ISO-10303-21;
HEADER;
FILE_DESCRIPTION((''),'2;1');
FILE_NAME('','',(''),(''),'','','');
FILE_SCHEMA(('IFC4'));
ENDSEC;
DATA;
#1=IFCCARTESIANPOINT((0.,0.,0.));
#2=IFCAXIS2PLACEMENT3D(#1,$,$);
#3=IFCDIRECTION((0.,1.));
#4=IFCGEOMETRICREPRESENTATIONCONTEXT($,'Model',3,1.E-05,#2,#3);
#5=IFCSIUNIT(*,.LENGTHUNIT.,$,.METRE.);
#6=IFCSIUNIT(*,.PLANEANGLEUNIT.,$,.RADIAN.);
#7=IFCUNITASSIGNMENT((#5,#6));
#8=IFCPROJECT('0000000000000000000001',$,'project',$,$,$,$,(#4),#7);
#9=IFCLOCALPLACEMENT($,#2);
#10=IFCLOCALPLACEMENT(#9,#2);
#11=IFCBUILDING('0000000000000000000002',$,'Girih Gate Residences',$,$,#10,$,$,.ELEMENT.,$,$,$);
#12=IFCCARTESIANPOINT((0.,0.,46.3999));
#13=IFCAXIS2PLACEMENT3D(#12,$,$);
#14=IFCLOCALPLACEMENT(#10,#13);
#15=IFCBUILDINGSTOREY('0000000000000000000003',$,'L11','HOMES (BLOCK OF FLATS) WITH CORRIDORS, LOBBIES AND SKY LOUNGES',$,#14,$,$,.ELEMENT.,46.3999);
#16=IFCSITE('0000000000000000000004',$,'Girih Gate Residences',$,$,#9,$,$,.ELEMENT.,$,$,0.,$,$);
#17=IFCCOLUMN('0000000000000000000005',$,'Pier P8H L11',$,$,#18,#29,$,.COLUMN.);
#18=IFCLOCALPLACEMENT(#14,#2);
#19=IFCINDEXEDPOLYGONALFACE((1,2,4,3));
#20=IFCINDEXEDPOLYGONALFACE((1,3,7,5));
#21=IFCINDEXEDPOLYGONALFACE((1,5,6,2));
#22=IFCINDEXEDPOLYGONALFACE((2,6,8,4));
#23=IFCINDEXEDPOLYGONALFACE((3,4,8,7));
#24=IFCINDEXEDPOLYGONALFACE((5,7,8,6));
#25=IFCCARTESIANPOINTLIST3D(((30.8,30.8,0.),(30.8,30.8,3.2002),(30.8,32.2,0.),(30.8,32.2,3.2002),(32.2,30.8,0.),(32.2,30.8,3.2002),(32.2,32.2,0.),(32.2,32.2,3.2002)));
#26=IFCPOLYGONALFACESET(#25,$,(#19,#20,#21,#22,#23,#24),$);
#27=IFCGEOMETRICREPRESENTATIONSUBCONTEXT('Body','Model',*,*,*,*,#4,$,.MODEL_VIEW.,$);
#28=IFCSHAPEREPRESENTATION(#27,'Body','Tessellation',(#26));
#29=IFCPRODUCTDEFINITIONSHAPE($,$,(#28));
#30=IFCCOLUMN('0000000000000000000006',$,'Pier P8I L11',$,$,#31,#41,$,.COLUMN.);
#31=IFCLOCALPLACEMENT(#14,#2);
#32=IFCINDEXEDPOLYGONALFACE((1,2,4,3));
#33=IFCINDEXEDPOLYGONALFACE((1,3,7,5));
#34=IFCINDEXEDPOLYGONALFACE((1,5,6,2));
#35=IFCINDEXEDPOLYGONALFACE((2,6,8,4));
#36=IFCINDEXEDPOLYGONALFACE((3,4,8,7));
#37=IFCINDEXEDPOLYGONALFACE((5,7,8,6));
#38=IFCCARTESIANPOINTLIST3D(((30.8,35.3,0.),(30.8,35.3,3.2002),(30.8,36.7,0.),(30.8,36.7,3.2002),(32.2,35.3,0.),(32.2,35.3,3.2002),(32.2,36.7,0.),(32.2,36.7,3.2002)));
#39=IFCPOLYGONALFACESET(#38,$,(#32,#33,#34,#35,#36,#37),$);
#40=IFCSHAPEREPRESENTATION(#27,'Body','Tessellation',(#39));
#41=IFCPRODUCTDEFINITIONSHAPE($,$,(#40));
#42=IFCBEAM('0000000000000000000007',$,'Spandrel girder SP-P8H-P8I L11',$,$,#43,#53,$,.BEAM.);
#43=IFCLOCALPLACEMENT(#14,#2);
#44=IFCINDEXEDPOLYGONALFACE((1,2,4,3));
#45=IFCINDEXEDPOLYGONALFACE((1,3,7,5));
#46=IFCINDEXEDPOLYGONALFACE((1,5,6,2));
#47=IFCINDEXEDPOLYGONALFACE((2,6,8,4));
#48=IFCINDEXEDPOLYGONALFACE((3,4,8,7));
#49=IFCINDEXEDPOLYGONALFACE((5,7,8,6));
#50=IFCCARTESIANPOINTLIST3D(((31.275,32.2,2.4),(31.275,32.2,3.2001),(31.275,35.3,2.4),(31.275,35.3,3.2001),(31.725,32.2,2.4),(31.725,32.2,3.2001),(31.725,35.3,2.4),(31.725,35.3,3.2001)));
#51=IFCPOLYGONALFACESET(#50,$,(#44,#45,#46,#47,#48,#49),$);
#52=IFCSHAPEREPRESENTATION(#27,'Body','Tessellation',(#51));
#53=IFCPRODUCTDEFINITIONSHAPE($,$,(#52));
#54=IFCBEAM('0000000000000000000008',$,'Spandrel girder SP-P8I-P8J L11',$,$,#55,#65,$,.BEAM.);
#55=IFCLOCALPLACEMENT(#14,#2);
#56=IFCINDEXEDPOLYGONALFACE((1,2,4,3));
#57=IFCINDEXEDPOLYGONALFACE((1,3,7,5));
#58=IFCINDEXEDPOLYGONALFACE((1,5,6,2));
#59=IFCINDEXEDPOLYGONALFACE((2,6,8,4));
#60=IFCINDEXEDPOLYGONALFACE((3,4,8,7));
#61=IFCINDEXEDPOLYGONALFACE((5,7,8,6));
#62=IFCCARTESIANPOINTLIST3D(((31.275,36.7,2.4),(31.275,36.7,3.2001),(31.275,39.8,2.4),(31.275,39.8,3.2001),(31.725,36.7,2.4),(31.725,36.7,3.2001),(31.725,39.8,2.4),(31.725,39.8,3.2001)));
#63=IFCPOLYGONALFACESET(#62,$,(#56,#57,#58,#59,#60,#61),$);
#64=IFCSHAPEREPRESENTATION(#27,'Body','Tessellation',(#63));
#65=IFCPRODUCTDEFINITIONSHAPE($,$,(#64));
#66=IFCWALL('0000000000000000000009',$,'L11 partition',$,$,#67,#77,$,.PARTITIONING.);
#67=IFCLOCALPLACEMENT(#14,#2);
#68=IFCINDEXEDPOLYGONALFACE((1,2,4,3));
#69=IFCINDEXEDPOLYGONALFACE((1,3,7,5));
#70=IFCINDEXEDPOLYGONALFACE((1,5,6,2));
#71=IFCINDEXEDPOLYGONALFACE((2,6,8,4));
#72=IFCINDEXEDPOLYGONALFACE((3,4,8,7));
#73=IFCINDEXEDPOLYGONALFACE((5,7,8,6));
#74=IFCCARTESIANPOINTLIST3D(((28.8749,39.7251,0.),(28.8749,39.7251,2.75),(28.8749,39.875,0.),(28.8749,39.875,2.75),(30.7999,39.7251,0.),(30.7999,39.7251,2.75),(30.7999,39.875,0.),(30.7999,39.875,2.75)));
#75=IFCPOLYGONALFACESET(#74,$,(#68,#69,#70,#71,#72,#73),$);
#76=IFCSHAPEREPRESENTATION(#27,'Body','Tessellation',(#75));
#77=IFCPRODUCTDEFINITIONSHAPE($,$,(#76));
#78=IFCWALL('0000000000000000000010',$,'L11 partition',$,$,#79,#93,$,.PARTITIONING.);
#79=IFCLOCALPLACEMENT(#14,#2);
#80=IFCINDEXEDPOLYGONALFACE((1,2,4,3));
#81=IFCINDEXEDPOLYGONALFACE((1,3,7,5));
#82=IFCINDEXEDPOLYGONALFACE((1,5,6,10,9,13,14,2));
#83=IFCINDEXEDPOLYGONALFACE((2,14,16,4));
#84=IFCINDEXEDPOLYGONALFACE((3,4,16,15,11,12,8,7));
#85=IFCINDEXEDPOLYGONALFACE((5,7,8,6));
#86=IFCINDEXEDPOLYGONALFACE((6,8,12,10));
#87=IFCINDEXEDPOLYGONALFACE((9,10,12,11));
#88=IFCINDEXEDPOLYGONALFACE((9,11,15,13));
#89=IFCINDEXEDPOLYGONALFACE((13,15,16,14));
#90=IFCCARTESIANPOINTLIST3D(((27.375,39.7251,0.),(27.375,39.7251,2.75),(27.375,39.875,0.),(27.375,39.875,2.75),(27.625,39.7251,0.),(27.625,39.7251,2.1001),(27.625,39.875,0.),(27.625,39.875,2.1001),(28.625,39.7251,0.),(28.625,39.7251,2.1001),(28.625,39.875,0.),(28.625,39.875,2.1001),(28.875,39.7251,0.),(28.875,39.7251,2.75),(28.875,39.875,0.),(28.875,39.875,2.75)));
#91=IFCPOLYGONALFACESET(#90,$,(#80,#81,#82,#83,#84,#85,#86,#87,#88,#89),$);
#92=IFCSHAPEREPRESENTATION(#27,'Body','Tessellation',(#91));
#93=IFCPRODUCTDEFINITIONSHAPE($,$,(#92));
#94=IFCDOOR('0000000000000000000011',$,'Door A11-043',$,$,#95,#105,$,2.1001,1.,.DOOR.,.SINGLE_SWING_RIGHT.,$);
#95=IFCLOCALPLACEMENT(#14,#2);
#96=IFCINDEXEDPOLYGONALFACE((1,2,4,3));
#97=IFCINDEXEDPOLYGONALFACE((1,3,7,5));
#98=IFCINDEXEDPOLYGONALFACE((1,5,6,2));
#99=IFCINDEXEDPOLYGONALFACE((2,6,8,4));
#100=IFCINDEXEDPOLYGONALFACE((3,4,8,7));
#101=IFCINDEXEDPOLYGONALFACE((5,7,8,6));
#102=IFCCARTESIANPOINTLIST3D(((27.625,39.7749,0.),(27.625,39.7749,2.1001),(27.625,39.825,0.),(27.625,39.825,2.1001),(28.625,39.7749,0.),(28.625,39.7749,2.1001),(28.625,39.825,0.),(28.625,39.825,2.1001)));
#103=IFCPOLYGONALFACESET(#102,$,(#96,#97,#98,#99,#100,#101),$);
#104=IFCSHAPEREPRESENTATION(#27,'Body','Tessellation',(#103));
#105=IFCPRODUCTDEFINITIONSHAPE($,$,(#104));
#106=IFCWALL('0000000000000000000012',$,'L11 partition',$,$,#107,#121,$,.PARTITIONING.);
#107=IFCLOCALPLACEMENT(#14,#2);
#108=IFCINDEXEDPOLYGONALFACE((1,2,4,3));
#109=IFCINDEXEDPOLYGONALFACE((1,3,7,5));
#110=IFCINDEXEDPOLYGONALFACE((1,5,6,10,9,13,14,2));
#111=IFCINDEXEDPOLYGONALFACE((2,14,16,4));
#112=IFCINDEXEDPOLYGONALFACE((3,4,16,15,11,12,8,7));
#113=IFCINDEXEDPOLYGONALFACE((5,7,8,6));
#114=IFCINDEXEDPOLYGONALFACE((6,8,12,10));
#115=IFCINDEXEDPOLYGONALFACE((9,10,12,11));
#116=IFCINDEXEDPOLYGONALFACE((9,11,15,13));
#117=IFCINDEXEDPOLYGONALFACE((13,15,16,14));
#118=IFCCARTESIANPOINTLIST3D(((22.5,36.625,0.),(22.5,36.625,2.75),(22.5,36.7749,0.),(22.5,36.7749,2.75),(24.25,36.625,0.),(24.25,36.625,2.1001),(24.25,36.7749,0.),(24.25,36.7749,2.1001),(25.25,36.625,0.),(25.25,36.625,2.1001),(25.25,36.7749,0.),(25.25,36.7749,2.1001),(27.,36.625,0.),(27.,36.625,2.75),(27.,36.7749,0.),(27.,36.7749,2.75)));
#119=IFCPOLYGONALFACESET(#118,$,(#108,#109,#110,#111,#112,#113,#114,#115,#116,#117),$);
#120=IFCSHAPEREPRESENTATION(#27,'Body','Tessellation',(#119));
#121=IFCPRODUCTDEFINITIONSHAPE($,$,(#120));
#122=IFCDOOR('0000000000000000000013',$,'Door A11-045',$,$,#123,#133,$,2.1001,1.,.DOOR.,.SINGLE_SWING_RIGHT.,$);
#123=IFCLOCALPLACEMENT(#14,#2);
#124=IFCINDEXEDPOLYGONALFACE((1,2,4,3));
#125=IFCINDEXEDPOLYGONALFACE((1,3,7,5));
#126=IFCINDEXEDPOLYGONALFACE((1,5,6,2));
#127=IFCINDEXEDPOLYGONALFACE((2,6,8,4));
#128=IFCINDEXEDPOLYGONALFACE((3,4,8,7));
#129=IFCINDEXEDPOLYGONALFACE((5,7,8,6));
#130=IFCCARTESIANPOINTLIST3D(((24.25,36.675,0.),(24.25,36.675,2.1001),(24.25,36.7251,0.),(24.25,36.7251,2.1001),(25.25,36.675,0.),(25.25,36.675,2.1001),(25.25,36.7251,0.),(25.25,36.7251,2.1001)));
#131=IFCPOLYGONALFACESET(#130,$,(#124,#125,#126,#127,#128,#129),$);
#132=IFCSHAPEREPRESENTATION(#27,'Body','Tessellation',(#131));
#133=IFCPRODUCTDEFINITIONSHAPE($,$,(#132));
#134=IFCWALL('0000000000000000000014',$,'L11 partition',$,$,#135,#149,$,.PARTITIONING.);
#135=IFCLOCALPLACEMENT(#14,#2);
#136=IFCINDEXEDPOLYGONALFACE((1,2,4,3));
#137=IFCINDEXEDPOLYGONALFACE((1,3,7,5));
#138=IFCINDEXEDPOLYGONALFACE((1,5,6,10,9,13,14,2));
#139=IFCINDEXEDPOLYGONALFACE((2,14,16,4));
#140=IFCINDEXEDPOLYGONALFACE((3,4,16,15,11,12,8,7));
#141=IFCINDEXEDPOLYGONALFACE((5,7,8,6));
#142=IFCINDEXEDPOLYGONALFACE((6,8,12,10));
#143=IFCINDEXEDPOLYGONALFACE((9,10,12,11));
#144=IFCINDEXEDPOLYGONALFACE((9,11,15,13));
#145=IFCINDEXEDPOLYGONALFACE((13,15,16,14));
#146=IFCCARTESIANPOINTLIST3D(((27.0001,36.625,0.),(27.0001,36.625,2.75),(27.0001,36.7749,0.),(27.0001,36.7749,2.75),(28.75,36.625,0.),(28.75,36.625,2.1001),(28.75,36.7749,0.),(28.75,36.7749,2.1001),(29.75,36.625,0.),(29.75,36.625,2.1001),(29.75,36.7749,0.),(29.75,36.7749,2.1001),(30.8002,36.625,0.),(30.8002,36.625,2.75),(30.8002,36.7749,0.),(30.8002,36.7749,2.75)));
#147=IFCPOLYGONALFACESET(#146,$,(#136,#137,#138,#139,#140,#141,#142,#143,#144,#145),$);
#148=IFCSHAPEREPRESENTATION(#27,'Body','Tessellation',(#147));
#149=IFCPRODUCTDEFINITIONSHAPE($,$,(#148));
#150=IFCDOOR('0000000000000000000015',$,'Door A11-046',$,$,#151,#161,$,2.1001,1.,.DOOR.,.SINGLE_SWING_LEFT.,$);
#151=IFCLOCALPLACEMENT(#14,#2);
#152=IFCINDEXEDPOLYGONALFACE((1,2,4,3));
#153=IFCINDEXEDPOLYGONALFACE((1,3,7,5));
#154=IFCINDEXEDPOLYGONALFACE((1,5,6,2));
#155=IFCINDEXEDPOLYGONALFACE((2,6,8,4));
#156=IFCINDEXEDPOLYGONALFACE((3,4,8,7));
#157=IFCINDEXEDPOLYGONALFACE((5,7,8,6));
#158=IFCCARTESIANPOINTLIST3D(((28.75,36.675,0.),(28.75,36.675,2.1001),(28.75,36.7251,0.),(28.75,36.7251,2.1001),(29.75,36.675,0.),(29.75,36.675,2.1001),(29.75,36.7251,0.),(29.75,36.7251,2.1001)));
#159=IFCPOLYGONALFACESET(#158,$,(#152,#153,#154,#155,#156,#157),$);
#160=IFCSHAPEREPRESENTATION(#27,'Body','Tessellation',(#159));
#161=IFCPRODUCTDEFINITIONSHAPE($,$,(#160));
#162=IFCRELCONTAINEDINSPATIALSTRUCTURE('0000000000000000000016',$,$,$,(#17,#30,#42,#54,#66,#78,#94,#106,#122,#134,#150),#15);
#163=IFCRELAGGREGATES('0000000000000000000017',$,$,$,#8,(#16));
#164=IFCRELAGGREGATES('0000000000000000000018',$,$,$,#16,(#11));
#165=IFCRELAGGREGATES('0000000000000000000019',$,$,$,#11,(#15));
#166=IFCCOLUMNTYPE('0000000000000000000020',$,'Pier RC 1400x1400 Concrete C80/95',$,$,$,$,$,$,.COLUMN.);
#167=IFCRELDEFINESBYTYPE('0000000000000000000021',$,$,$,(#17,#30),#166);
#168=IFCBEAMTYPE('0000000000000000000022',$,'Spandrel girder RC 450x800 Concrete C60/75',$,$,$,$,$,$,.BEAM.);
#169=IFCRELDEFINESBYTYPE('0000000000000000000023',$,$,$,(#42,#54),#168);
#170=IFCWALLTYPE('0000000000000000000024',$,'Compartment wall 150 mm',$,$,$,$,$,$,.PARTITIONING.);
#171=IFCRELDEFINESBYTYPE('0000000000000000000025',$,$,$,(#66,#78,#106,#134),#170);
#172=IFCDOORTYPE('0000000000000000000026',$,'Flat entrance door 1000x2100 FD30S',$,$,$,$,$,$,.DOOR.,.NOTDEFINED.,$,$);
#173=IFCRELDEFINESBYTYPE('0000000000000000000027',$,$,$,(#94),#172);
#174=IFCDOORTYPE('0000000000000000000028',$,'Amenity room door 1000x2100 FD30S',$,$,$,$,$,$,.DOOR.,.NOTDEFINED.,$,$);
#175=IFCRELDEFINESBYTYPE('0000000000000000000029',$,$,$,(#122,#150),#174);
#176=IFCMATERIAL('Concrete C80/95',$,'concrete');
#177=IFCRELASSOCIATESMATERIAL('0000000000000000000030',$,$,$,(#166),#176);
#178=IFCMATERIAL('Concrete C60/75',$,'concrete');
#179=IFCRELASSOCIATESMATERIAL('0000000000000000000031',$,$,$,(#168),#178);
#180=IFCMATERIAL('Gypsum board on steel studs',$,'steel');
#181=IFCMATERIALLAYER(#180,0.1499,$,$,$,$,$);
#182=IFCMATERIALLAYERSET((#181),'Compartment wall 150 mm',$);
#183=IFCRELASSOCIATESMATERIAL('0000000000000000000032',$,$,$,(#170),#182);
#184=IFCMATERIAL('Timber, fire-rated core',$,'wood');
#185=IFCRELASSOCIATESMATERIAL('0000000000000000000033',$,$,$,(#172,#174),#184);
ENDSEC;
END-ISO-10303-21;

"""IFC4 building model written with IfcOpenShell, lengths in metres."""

from ifc_helpers import new_model, si_unit, direction, frame, frame_2d, origin, origin_2d, place, context, subcontext, project, spatial, rectangle, extrude, material, layer, layer_set, material_profile, profile_set, type_object, element, fill, save


model = new_model("IFC4")

# Units and contexts
model_context = context("Model", 3, precision=1e-05, world=origin(), true_north=direction((0.0, 1.0)))
body_context = subcontext(model_context, "Body", "Model", "MODEL_VIEW")
ifc_project = project(units=[si_unit("LENGTHUNIT", "METRE"), si_unit("PLANEANGLEUNIT", "RADIAN")], contexts=[model_context])

# Site, building, storey
site_placement = place(None, origin())
site = spatial("IfcSite", under=ifc_project, at=site_placement, Name="Girih Gate Residences", CompositionType="ELEMENT", RefElevation=0.0)
building_placement = place(site_placement, origin())
building = spatial("IfcBuilding", under=site, at=building_placement, Name="Girih Gate Residences", CompositionType="ELEMENT")
storey_placement = place(building_placement, frame((0.0, 0.0, 46.3999)))
storey = spatial("IfcBuildingStorey", under=building, at=storey_placement, Name="L11", Description="HOMES (BLOCK OF FLATS) WITH CORRIDORS, LOBBIES AND SKY LOUNGES", CompositionType="ELEMENT", Elevation=46.3999)

# Columns
ifc_material_1 = material(Name="Concrete C80/95", Category="concrete")
ifc_material_profile_1 = material_profile(ifc_material_1, rectangle(XDim=1.3999, YDim=1.3999, at=origin_2d()))
ifc_profile_set_1 = profile_set([ifc_material_profile_1], Name="Concrete C80/95")
column_type = type_object("IfcColumnType", Name="Pier RC 1400x1400 Concrete C80/95", PredefinedType="COLUMN", material=ifc_profile_set_1)
for number, where, z_axis, x_axis, name in (
    (1, (31.5, 31.5, 0.0), (0.0, 0.0, 1.0), (1.0, 0.0, 0.0), "Pier P8H L11"),
    (2, (31.5, 36.0, 0.0), (0.0, 0.0, 1.0), (1.0, 0.0, 0.0), "Pier P8I L11"),
):
    element("IfcColumn", number, at=place(storey_placement, frame(where, z_axis=z_axis, x_axis=x_axis)), inside=storey, type_object=column_type, Name=name, PredefinedType="COLUMN", context=body_context, shape_type="SweptSolid", body=[
        extrude(rectangle(XDim=1.3999, YDim=1.3999, at=origin_2d()), origin(), (0.0, 0.0, 1.0), 3.2002),
    ])

# Beams
ifc_material_2 = material(Name="Concrete C60/75", Category="concrete")
ifc_material_profile_2 = material_profile(ifc_material_2, rectangle(XDim=0.45, YDim=0.8, at=origin_2d()))
ifc_profile_set_2 = profile_set([ifc_material_profile_2], Name="Concrete C60/75")
beam_type = type_object("IfcBeamType", Name="Spandrel girder RC 450x800 Concrete C60/75", PredefinedType="BEAM", material=ifc_profile_set_2)
for number, where, z_axis, x_axis, name in (
    (3, (31.5, 32.2, 2.8), (0.0, 1.0, 0.0), (-1.0, 0.0, 0.0), "Spandrel girder SP-P8H-P8I L11"),
    (4, (31.5, 36.7, 2.8), (0.0, 1.0, 0.0), (-1.0, 0.0, 0.0), "Spandrel girder SP-P8I-P8J L11"),
):
    element("IfcBeam", number, at=place(storey_placement, frame(where, z_axis=z_axis, x_axis=x_axis)), inside=storey, type_object=beam_type, Name=name, PredefinedType="BEAM", context=body_context, shape_type="SweptSolid", body=[
        extrude(rectangle(XDim=0.45, YDim=0.8, at=origin_2d()), origin(), (0.0, 0.0, 1.0), 3.1001),
    ])

# Wall
ifc_material_3 = material(Name="Gypsum board on steel studs", Category="steel")
ifc_layer_1 = layer(ifc_material_3, 0.1499)
ifc_layer_set_1 = layer_set([ifc_layer_1], Name="Compartment wall 150 mm")
wall_type_1 = type_object("IfcWallType", Name="Compartment wall 150 mm", PredefinedType="PARTITIONING", material=ifc_layer_set_1)
wall_1_placement = place(storey_placement, frame((28.875, 39.8, 0.0), z_axis=(0.0, 0.0, 1.0), x_axis=(1.0, 0.0, 0.0)))
element("IfcWall", 5, at=wall_1_placement, inside=storey, type_object=wall_type_1, Name="L11 partition", PredefinedType="PARTITIONING", context=body_context, shape_type="SweptSolid", body=[
    extrude(rectangle(XDim=1.925, YDim=0.1499, at=frame_2d((0.9624, 0.0))), origin(), (0.0, 0.0, 1.0), 2.75),
])

# Walls, openings, doors
wall_2_placement = place(storey_placement, frame((27.375, 39.8, 0.0), z_axis=(0.0, 0.0, 1.0), x_axis=(1.0, 0.0, 0.0)))
wall_2 = element("IfcWall", 6, at=wall_2_placement, inside=storey, type_object=wall_type_1, Name="L11 partition", PredefinedType="PARTITIONING", context=body_context, shape_type="SweptSolid", body=[
    extrude(rectangle(XDim=1.5, YDim=0.1499, at=frame_2d((0.75, 0.0))), origin(), (0.0, 0.0, 1.0), 2.75),
])
opening_1_placement = place(wall_2_placement, frame((0.25, 0.0, 0.0)))
opening_1 = element("IfcOpeningElement", 7, at=opening_1_placement, cuts=wall_2, PredefinedType="OPENING", context=body_context, shape_type="SweptSolid", body=[
    extrude(rectangle(XDim=1.0, YDim=2.1001, at=frame_2d((0.5, 1.05))), frame((0.0, 0.085, 0.0), z_axis=(0.0, -1.0, 0.0), x_axis=(1.0, 0.0, 0.0)), (0.0, 0.0, 1.0), 0.1699),
])
ifc_material_4 = material(Name="Timber, fire-rated core", Category="wood")
door_type_1 = type_object("IfcDoorType", Name="Flat entrance door 1000x2100 FD30S", OperationType="NOTDEFINED", PredefinedType="DOOR", material=ifc_material_4)
door_1_placement = place(opening_1_placement, origin())
door_1 = element("IfcDoor", 8, at=door_1_placement, inside=storey, type_object=door_type_1, Name="Door A11-043", OperationType="SINGLE_SWING_RIGHT", OverallHeight=2.1001, OverallWidth=1.0, PredefinedType="DOOR", context=body_context, shape_type="SweptSolid", body=[
    extrude(rectangle(XDim=1.0, YDim=2.1001, at=frame_2d((0.5, 1.05))), frame((0.0, 0.0249, 0.0), z_axis=(0.0, -1.0, 0.0), x_axis=(1.0, 0.0, 0.0)), (0.0, 0.0, 1.0), 0.05),
])
fill(opening_1, door_1)
wall_3_placement = place(storey_placement, frame((27.0, 36.7, 0.0), z_axis=(0.0, 0.0, 1.0), x_axis=(-1.0, 0.0, 0.0)))
wall_3 = element("IfcWall", 9, at=wall_3_placement, inside=storey, type_object=wall_type_1, Name="L11 partition", PredefinedType="PARTITIONING", context=body_context, shape_type="SweptSolid", body=[
    extrude(rectangle(XDim=4.5, YDim=0.1499, at=frame_2d((2.25, 0.0))), origin(), (0.0, 0.0, 1.0), 2.75),
])
opening_2_placement = place(wall_3_placement, frame((1.75, 0.0, 0.0)))
opening_2 = element("IfcOpeningElement", 10, at=opening_2_placement, cuts=wall_3, PredefinedType="OPENING", context=body_context, shape_type="SweptSolid", body=[
    extrude(rectangle(XDim=1.0, YDim=2.1001, at=frame_2d((0.5, 1.05))), frame((0.0, 0.085, 0.0), z_axis=(0.0, -1.0, 0.0), x_axis=(1.0, 0.0, 0.0)), (0.0, 0.0, 1.0), 0.1699),
])
door_type_2 = type_object("IfcDoorType", Name="Amenity room door 1000x2100 FD30S", OperationType="NOTDEFINED", PredefinedType="DOOR", material=ifc_material_4)
door_2_placement = place(opening_2_placement, origin())
door_2 = element("IfcDoor", 11, at=door_2_placement, inside=storey, type_object=door_type_2, Name="Door A11-045", OperationType="SINGLE_SWING_RIGHT", OverallHeight=2.1001, OverallWidth=1.0, PredefinedType="DOOR", context=body_context, shape_type="SweptSolid", body=[
    extrude(rectangle(XDim=1.0, YDim=2.1001, at=frame_2d((0.5, 1.05))), frame((0.0, 0.0249, 0.0), z_axis=(0.0, -1.0, 0.0), x_axis=(1.0, 0.0, 0.0)), (0.0, 0.0, 1.0), 0.05),
])
fill(opening_2, door_2)
wall_4_placement = place(storey_placement, frame((30.8, 36.7, 0.0), z_axis=(0.0, 0.0, 1.0), x_axis=(-1.0, 0.0, 0.0)))
wall_4 = element("IfcWall", 12, at=wall_4_placement, inside=storey, type_object=wall_type_1, Name="L11 partition", PredefinedType="PARTITIONING", context=body_context, shape_type="SweptSolid", body=[
    extrude(rectangle(XDim=3.8, YDim=0.1499, at=frame_2d((1.8999, 0.0))), origin(), (0.0, 0.0, 1.0), 2.75),
])
opening_3_placement = place(wall_4_placement, frame((1.05, 0.0, 0.0)))
opening_3 = element("IfcOpeningElement", 13, at=opening_3_placement, cuts=wall_4, PredefinedType="OPENING", context=body_context, shape_type="SweptSolid", body=[
    extrude(rectangle(XDim=1.0, YDim=2.1001, at=frame_2d((0.5, 1.05))), frame((0.0, 0.085, 0.0), z_axis=(0.0, -1.0, 0.0), x_axis=(1.0, 0.0, 0.0)), (0.0, 0.0, 1.0), 0.1699),
])
door_3_placement = place(opening_3_placement, origin())
door_3 = element("IfcDoor", 14, at=door_3_placement, inside=storey, type_object=door_type_2, Name="Door A11-046", OperationType="SINGLE_SWING_LEFT", OverallHeight=2.1001, OverallWidth=1.0, PredefinedType="DOOR", context=body_context, shape_type="SweptSolid", body=[
    extrude(rectangle(XDim=1.0, YDim=2.1001, at=frame_2d((0.5, 1.05))), frame((0.0, 0.0249, 0.0), z_axis=(0.0, -1.0, 0.0), x_axis=(1.0, 0.0, 0.0)), (0.0, 0.0, 1.0), 0.05),
])
fill(opening_3, door_3)

save(model, "model.ifc")
